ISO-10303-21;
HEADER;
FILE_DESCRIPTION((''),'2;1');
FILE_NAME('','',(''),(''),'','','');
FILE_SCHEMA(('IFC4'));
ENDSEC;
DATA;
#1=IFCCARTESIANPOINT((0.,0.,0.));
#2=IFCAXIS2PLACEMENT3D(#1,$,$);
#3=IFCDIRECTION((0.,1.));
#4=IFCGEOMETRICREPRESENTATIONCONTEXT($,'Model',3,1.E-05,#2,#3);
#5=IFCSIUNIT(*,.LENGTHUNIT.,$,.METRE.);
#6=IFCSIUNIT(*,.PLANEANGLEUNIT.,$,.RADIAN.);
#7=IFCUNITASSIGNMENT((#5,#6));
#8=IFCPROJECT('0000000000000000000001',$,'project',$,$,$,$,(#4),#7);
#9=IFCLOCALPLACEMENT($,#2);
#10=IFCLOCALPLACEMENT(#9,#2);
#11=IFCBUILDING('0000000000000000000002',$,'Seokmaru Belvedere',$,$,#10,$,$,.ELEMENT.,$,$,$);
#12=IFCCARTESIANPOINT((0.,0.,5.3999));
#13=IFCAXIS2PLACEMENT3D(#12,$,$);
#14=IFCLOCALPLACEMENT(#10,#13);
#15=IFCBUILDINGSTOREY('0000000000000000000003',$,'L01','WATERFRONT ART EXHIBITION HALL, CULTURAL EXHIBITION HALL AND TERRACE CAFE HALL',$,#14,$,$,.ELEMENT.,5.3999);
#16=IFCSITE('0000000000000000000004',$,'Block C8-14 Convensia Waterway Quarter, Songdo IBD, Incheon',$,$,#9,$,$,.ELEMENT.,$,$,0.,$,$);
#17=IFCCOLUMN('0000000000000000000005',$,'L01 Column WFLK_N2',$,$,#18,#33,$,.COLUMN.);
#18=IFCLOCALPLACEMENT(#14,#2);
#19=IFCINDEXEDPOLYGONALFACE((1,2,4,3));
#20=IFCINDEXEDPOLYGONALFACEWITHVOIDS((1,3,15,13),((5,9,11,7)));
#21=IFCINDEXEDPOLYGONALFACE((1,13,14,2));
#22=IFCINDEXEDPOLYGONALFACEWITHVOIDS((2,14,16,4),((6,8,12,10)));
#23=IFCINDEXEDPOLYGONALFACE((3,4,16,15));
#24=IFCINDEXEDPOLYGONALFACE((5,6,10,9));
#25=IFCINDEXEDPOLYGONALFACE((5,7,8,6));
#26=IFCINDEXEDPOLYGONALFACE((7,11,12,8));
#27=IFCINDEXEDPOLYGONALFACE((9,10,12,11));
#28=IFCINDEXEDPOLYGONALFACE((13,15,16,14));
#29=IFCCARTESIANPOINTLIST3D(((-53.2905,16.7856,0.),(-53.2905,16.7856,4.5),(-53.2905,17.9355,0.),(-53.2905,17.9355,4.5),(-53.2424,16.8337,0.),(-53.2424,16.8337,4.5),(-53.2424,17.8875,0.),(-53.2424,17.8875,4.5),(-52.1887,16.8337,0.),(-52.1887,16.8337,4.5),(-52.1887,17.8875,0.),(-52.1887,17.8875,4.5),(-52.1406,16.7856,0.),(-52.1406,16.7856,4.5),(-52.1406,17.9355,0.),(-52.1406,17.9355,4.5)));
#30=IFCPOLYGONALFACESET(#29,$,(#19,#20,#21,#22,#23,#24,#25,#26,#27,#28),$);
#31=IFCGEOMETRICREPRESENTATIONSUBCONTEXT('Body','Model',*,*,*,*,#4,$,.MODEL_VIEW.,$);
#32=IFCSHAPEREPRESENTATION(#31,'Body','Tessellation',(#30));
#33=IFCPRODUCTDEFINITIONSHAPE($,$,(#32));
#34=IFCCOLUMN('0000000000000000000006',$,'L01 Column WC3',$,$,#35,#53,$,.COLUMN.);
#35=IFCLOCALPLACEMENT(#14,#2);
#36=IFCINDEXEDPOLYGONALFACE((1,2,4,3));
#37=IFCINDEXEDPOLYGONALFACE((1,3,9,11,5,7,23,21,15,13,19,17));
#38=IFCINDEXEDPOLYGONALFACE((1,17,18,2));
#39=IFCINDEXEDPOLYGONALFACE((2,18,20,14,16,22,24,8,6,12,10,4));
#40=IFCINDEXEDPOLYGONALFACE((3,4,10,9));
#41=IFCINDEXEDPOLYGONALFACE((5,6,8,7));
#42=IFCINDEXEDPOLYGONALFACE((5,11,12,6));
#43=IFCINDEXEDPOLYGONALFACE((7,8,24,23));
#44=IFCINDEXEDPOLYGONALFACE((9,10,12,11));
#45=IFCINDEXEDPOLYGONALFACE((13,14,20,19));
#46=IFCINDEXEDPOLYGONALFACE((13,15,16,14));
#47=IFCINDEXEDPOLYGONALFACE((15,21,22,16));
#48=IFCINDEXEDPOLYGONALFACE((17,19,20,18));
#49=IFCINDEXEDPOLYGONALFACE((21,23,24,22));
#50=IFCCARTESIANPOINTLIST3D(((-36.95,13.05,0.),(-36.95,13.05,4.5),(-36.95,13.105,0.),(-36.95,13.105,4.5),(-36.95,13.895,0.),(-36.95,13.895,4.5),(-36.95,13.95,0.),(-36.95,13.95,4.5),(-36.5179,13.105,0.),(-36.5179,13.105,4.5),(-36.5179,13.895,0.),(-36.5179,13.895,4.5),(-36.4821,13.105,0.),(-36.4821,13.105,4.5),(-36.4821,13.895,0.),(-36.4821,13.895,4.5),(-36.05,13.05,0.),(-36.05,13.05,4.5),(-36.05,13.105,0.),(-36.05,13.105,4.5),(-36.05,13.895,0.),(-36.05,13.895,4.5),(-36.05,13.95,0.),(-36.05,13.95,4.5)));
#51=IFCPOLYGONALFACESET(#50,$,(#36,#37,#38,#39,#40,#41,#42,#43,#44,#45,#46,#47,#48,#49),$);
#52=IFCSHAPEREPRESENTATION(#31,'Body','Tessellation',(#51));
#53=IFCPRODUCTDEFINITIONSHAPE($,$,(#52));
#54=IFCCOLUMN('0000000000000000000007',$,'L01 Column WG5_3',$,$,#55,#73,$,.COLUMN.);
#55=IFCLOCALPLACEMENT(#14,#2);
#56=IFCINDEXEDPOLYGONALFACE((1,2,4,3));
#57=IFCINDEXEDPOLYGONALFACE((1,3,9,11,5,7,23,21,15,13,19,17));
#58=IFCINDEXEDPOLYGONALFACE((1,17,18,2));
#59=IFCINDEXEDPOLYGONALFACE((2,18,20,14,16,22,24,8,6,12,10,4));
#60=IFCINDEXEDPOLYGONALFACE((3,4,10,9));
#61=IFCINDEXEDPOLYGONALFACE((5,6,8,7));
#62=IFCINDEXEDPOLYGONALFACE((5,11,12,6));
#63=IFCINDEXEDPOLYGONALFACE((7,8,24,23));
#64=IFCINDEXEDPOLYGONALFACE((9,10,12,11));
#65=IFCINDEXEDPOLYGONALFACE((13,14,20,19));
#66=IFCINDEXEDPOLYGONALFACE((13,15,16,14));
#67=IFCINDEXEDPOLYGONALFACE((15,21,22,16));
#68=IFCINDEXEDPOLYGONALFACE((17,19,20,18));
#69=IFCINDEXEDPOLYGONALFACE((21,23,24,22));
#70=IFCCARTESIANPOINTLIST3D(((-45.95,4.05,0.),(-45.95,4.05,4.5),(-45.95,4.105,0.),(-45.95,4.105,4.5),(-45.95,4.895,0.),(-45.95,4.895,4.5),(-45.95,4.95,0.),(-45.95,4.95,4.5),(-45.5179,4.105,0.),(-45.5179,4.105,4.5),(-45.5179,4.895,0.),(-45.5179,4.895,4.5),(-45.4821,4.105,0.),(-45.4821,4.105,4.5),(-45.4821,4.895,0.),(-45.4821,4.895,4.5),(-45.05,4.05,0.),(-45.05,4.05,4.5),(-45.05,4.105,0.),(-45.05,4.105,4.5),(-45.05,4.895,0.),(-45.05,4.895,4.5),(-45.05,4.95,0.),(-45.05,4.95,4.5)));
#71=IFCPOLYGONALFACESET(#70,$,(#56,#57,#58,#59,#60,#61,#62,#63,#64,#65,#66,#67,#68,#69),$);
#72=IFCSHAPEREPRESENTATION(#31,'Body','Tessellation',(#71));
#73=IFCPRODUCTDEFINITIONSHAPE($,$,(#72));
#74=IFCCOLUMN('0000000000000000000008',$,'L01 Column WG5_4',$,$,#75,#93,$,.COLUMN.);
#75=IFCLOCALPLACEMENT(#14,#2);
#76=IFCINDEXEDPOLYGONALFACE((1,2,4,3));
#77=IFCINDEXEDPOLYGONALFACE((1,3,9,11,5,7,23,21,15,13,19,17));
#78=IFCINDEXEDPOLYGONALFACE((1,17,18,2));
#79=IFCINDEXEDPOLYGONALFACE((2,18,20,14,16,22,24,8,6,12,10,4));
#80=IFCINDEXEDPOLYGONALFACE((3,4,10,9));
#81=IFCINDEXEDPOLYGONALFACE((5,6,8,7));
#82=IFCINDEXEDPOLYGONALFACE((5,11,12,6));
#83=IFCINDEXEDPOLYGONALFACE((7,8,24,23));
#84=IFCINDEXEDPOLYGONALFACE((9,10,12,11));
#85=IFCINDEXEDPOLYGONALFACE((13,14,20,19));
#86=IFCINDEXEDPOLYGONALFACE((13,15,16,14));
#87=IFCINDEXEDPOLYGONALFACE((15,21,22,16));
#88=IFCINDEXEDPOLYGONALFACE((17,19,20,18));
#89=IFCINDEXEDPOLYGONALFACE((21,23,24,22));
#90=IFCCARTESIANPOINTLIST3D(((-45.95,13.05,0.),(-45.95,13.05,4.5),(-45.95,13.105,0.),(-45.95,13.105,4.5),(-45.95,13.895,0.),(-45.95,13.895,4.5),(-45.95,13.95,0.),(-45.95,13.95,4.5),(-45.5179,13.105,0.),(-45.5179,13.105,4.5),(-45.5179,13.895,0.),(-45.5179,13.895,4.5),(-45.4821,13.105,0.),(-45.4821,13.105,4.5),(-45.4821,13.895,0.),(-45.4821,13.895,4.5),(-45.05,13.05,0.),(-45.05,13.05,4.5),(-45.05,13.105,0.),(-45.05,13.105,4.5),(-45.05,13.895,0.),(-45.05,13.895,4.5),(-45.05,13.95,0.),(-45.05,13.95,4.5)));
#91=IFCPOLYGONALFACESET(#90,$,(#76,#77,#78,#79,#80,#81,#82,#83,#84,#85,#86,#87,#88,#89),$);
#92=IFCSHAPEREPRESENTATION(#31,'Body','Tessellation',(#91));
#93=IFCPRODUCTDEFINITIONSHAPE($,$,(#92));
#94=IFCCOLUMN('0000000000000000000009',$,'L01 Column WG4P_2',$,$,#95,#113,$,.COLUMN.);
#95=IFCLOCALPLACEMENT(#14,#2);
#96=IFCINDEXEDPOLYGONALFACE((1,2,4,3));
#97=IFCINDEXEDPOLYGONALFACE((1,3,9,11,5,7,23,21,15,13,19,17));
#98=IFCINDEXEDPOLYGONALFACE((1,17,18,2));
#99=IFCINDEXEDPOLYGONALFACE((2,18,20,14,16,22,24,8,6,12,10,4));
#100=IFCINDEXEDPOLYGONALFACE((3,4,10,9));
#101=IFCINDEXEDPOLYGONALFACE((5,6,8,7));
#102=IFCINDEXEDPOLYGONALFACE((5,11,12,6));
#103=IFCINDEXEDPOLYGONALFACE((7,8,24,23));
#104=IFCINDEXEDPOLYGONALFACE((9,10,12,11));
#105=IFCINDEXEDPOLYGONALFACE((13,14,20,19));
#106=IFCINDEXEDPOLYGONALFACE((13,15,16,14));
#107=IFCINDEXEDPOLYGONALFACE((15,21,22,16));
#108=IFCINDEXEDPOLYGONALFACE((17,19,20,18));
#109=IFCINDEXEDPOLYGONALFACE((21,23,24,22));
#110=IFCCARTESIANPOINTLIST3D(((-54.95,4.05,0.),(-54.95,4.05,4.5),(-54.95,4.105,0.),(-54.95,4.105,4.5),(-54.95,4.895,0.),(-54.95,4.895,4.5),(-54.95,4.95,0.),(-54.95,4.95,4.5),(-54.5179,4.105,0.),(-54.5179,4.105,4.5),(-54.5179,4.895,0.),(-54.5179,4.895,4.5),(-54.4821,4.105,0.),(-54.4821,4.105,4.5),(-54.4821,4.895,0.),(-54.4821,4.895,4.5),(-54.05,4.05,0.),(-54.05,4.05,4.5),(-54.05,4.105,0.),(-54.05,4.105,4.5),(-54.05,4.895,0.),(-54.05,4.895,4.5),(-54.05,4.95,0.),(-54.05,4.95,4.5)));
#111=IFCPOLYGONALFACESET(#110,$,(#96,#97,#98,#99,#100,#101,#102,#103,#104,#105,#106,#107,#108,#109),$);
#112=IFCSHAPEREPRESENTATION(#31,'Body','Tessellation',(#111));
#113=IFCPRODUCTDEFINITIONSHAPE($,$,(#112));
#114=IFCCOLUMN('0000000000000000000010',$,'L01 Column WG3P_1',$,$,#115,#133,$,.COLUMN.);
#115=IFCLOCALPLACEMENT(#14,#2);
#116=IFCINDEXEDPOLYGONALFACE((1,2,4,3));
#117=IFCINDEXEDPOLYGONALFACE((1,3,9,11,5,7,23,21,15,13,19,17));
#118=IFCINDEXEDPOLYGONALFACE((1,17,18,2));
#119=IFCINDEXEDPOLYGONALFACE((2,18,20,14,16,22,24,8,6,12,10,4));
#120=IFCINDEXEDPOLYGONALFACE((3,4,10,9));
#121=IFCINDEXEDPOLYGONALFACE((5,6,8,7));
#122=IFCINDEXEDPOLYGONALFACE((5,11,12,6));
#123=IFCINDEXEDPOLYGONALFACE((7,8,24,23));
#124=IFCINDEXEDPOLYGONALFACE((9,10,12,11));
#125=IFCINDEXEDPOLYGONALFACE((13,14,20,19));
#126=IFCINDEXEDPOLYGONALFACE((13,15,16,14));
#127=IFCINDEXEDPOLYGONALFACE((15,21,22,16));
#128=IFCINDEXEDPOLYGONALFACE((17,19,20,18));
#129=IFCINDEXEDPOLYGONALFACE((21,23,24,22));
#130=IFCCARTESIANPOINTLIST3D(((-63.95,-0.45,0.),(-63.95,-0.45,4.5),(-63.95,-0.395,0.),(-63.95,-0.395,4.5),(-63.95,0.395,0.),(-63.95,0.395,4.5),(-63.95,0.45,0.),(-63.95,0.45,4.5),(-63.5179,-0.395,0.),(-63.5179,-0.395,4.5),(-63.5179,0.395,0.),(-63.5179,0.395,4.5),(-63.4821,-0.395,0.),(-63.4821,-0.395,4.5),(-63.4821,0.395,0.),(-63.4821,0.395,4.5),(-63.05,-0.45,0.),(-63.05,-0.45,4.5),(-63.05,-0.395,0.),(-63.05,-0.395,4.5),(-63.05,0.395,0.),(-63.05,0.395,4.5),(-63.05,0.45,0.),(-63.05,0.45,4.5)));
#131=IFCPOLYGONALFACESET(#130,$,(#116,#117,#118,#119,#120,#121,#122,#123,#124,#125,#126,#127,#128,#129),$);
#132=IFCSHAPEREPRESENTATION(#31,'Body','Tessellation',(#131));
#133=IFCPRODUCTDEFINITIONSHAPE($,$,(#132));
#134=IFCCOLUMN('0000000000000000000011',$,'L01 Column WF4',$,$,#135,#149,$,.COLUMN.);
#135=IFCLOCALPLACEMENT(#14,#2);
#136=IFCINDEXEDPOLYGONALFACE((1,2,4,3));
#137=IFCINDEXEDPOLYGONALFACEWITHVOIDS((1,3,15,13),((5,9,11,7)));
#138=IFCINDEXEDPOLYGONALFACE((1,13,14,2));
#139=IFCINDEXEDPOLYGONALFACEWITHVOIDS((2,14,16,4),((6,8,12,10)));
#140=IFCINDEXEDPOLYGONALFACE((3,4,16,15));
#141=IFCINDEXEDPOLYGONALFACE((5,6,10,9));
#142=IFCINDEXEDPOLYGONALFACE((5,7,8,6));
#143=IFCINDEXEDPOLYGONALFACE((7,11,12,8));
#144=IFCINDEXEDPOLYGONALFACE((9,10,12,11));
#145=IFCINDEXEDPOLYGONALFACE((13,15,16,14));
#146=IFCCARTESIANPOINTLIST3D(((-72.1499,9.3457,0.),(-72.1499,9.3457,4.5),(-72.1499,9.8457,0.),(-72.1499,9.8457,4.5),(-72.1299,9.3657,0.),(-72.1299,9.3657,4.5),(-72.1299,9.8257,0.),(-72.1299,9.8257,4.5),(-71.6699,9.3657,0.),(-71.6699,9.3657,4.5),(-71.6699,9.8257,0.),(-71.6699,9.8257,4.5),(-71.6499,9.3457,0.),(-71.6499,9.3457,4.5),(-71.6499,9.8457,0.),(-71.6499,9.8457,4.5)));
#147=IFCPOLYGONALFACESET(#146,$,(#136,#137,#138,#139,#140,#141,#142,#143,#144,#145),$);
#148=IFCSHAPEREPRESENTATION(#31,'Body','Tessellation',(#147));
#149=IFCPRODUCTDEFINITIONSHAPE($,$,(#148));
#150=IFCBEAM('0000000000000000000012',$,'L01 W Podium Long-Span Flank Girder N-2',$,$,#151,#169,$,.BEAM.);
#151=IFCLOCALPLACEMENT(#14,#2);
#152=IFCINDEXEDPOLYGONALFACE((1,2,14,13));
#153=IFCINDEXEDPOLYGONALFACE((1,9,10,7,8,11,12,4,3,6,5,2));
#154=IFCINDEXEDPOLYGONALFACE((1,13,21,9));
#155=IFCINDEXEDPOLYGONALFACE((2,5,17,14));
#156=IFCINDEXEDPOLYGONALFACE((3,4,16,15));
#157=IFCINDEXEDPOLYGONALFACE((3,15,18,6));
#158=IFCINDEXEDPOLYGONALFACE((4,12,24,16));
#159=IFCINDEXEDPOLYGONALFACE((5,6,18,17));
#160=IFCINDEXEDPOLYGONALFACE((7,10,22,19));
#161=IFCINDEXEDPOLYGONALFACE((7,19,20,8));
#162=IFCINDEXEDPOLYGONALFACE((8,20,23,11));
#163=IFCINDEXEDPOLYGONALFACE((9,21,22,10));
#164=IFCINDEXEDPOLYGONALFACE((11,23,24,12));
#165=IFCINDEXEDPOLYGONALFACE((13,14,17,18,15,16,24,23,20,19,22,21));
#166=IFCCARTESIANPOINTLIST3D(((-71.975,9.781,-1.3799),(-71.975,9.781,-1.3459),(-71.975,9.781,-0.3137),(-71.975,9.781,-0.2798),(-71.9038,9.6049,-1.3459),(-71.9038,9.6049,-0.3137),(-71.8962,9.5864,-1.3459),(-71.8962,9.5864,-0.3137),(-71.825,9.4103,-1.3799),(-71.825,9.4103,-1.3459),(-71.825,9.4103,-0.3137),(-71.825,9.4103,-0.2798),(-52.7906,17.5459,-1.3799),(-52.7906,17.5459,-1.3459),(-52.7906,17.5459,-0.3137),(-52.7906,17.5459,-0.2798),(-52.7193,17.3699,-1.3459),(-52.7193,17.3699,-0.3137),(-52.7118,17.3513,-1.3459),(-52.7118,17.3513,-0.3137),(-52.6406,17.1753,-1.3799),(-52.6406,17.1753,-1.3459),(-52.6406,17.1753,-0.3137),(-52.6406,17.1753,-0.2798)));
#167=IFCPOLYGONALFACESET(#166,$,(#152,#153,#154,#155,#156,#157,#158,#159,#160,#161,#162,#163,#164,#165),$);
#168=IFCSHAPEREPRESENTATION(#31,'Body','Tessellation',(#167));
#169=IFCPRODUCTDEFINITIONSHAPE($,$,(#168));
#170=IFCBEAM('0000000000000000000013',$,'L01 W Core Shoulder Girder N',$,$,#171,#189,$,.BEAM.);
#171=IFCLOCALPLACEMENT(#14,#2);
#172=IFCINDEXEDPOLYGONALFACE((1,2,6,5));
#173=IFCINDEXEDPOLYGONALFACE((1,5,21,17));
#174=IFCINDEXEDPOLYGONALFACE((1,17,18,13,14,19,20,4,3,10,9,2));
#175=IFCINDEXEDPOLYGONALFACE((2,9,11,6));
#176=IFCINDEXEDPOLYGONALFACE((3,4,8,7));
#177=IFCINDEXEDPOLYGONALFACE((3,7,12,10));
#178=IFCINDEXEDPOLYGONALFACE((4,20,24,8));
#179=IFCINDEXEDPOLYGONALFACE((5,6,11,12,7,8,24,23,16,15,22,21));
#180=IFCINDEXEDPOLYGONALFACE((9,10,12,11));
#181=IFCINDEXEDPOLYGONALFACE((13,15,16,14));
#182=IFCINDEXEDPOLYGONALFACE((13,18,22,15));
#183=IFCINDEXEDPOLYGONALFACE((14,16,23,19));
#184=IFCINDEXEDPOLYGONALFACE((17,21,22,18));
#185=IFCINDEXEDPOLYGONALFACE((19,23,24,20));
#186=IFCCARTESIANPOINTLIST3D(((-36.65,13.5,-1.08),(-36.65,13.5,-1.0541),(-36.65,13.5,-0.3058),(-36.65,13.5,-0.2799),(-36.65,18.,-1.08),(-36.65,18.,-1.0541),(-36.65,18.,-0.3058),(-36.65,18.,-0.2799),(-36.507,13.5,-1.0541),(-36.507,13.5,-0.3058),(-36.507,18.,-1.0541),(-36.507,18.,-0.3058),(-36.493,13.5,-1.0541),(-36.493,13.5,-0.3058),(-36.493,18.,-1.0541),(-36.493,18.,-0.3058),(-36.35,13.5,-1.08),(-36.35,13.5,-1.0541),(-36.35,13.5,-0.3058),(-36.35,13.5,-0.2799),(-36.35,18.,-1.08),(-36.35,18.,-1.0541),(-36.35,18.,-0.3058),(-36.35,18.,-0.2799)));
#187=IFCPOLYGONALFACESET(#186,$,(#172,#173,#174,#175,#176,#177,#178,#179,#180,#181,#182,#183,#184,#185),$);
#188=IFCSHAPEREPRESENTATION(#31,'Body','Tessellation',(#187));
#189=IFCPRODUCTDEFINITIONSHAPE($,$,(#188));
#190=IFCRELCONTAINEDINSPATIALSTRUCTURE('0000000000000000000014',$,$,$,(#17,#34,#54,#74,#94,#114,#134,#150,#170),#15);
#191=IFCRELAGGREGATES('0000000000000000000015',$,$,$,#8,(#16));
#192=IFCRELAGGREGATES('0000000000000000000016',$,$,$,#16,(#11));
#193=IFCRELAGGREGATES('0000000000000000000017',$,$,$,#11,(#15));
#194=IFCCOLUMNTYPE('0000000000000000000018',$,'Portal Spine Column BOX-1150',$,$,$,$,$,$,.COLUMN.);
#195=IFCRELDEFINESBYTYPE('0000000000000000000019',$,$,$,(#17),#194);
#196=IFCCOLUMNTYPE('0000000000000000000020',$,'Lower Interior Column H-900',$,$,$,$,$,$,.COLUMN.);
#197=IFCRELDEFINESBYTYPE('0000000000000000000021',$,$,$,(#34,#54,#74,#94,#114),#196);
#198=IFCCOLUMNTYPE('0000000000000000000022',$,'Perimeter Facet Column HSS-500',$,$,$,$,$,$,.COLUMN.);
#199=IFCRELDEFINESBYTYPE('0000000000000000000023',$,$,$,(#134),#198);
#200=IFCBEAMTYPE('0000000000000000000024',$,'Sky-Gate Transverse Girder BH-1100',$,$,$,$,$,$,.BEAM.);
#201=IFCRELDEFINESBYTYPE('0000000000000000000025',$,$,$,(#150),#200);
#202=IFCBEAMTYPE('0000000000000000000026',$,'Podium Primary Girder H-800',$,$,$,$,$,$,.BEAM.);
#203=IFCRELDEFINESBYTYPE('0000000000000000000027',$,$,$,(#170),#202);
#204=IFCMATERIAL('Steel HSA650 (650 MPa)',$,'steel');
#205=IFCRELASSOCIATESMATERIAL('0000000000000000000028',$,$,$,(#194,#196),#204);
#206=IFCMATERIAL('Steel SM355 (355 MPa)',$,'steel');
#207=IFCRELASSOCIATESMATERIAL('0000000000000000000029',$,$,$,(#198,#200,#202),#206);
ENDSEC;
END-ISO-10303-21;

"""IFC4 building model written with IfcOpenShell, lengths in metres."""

from ifc_helpers import new_model, si_unit, direction, frame, origin, origin_2d, place, context, subcontext, project, spatial, hollow_rectangle, i_section, extrude, source, transform, mapped, material, material_profile, profile_set, type_object, type_shapes, element, save


model = new_model("IFC4")

# Units and contexts
model_context = context("Model", 3, precision=1e-05, world=origin(), true_north=direction((0.0, 1.0)))
body_context = subcontext(model_context, "Body", "Model", "MODEL_VIEW")
ifc_project = project(units=[si_unit("LENGTHUNIT", "METRE"), si_unit("PLANEANGLEUNIT", "RADIAN")], contexts=[model_context])

# Site, building, storey
site_placement = place(None, origin())
site = spatial("IfcSite", under=ifc_project, at=site_placement, Name="Block C8-14 Convensia Waterway Quarter, Songdo IBD, Incheon", CompositionType="ELEMENT", RefElevation=0.0)
building_placement = place(site_placement, origin())
building = spatial("IfcBuilding", under=site, at=building_placement, Name="Seokmaru Belvedere", CompositionType="ELEMENT")
storey_placement = place(building_placement, frame((0.0, 0.0, 5.3999)))
storey = spatial("IfcBuildingStorey", under=building, at=storey_placement, Name="L01", Description="WATERFRONT ART EXHIBITION HALL, CULTURAL EXHIBITION HALL AND TERRACE CAFE HALL", CompositionType="ELEMENT", Elevation=5.3999)

# Columns
ifc_material_1 = material(Name="Steel HSA650 (650 MPa)", Category="steel")
ifc_material_profile_1 = material_profile(ifc_material_1, hollow_rectangle(XDim=1.1499, YDim=1.1499, WallThickness=0.0481, at=origin_2d()), Name="BOX-1150x1150x48")
ifc_profile_set_1 = profile_set([ifc_material_profile_1], Name="Steel HSA650 (650 MPa)")
column_type_1 = type_object("IfcColumnType", Name="Portal Spine Column BOX-1150", PredefinedType="COLUMN", material=ifc_profile_set_1)
shared_shape_1 = source(origin(), body_context, "Body", "SweptSolid", [
    extrude(hollow_rectangle(XDim=1.1499, YDim=1.1499, WallThickness=0.0481, at=origin_2d()), origin(), (0.0, 0.0, 1.0), 4.5),
])
type_shapes(column_type_1, [shared_shape_1])
column_1_placement = place(storey_placement, frame((-52.7156, 17.3606, 0.0), z_axis=(0.0, 0.0, 1.0), x_axis=(1.0, 0.0, 0.0)))
element("IfcColumn", 1, at=column_1_placement, inside=storey, type_object=column_type_1, Name="L01 Column WFLK_N2", PredefinedType="COLUMN", context=body_context, shape_type="MappedRepresentation", body=[
    mapped(shared_shape_1, transform((0.0, 0.0, 0.0), scale=1.0)),
])
ifc_material_profile_2 = material_profile(ifc_material_1, i_section(OverallWidth=0.8999, OverallDepth=0.8999, WebThickness=0.0359, FlangeThickness=0.0549, at=origin_2d()), Name="H-900x900x36x55")
ifc_profile_set_2 = profile_set([ifc_material_profile_2], Name="Steel HSA650 (650 MPa)")
column_type_2 = type_object("IfcColumnType", Name="Lower Interior Column H-900", PredefinedType="COLUMN", material=ifc_profile_set_2)
shared_shape_2 = source(origin(), body_context, "Body", "SweptSolid", [
    extrude(i_section(OverallWidth=0.8999, OverallDepth=0.8999, WebThickness=0.0359, FlangeThickness=0.0549, at=origin_2d()), origin(), (0.0, 0.0, 1.0), 4.5),
])
type_shapes(column_type_2, [shared_shape_2])
for number, where, z_axis, x_axis, name in (
    (2, (-36.5, 13.5, 0.0), (0.0, 0.0, 1.0), (1.0, 0.0, 0.0), "L01 Column WC3"),
    (3, (-45.5, 4.5, 0.0), (0.0, 0.0, 1.0), (1.0, 0.0, 0.0), "L01 Column WG5_3"),
    (4, (-45.5, 13.5, 0.0), (0.0, 0.0, 1.0), (1.0, 0.0, 0.0), "L01 Column WG5_4"),
    (5, (-54.5, 4.5, 0.0), (0.0, 0.0, 1.0), (1.0, 0.0, 0.0), "L01 Column WG4P_2"),
    (6, (-63.5, 0.0, 0.0), (0.0, 0.0, 1.0), (1.0, 0.0, 0.0), "L01 Column WG3P_1"),
):
    element("IfcColumn", number, at=place(storey_placement, frame(where, z_axis=z_axis, x_axis=x_axis)), inside=storey, type_object=column_type_2, Name=name, PredefinedType="COLUMN", context=body_context, shape_type="MappedRepresentation", body=[
        mapped(shared_shape_2, transform((0.0, 0.0, 0.0), scale=1.0)),
    ])
ifc_material_2 = material(Name="Steel SM355 (355 MPa)", Category="steel")
ifc_material_profile_3 = material_profile(ifc_material_2, hollow_rectangle(XDim=0.5, YDim=0.5, WallThickness=0.02, at=origin_2d()), Name="HSS-500x500x20")
ifc_profile_set_3 = profile_set([ifc_material_profile_3], Name="Steel SM355 (355 MPa)")
column_type_3 = type_object("IfcColumnType", Name="Perimeter Facet Column HSS-500", PredefinedType="COLUMN", material=ifc_profile_set_3)
shared_shape_3 = source(origin(), body_context, "Body", "SweptSolid", [
    extrude(hollow_rectangle(XDim=0.5, YDim=0.5, WallThickness=0.02, at=origin_2d()), origin(), (0.0, 0.0, 1.0), 4.5),
])
type_shapes(column_type_3, [shared_shape_3])
column_2_placement = place(storey_placement, frame((-71.8999, 9.5957, 0.0), z_axis=(0.0, 0.0, 1.0), x_axis=(1.0, 0.0, 0.0)))
element("IfcColumn", 7, at=column_2_placement, inside=storey, type_object=column_type_3, Name="L01 Column WF4", PredefinedType="COLUMN", context=body_context, shape_type="MappedRepresentation", body=[
    mapped(shared_shape_3, transform((0.0, 0.0, 0.0), scale=1.0)),
])

# Beams
ifc_material_profile_4 = material_profile(ifc_material_2, i_section(OverallWidth=0.3999, OverallDepth=1.1001, WebThickness=0.02, FlangeThickness=0.0339, at=origin_2d()), Name="BH-1100x400x20x34")
ifc_profile_set_4 = profile_set([ifc_material_profile_4], Name="Steel SM355 (355 MPa)")
beam_type_1 = type_object("IfcBeamType", Name="Sky-Gate Transverse Girder BH-1100", PredefinedType="BEAM", material=ifc_profile_set_4)
shared_shape_4 = source(origin(), body_context, "Body", "SweptSolid", [
    extrude(i_section(OverallWidth=0.3999, OverallDepth=1.1001, WebThickness=0.02, FlangeThickness=0.0339, at=origin_2d()), origin(), (0.0, 0.0, 1.0), 20.6963),
])
type_shapes(beam_type_1, [shared_shape_4])
beam_1_placement = place(storey_placement, frame((-52.7156, 17.3606, -0.8298), z_axis=(-0.92695, -0.375185, 0.0), x_axis=(0.375185, -0.92695, 0.0)))
element("IfcBeam", 8, at=beam_1_placement, inside=storey, type_object=beam_type_1, Name="L01 W Podium Long-Span Flank Girder N-2", PredefinedType="BEAM", context=body_context, shape_type="MappedRepresentation", body=[
    mapped(shared_shape_4, transform((0.0, 0.0, 0.0), scale=1.0)),
])
ifc_material_profile_5 = material_profile(ifc_material_2, i_section(OverallWidth=0.3, OverallDepth=0.8, WebThickness=0.0139, FlangeThickness=0.0259, at=origin_2d()), Name="H-800x300x14x26")
ifc_profile_set_5 = profile_set([ifc_material_profile_5], Name="Steel SM355 (355 MPa)")
beam_type_2 = type_object("IfcBeamType", Name="Podium Primary Girder H-800", PredefinedType="BEAM", material=ifc_profile_set_5)
shared_shape_5 = source(origin(), body_context, "Body", "SweptSolid", [
    extrude(i_section(OverallWidth=0.3, OverallDepth=0.8, WebThickness=0.0139, FlangeThickness=0.0259, at=origin_2d()), origin(), (0.0, 0.0, 1.0), 4.5),
])
beam_2_placement = place(storey_placement, frame((-36.5, 13.5, -0.6799), z_axis=(0.0, 1.0, 0.0), x_axis=(-1.0, 0.0, 0.0)))
element("IfcBeam", 9, at=beam_2_placement, inside=storey, type_object=beam_type_2, Name="L01 W Core Shoulder Girder N", PredefinedType="BEAM", context=body_context, shape_type="MappedRepresentation", body=[
    mapped(shared_shape_5, transform((0.0, 0.0, 0.0), scale=1.0)),
])

save(model, "model.ifc")
